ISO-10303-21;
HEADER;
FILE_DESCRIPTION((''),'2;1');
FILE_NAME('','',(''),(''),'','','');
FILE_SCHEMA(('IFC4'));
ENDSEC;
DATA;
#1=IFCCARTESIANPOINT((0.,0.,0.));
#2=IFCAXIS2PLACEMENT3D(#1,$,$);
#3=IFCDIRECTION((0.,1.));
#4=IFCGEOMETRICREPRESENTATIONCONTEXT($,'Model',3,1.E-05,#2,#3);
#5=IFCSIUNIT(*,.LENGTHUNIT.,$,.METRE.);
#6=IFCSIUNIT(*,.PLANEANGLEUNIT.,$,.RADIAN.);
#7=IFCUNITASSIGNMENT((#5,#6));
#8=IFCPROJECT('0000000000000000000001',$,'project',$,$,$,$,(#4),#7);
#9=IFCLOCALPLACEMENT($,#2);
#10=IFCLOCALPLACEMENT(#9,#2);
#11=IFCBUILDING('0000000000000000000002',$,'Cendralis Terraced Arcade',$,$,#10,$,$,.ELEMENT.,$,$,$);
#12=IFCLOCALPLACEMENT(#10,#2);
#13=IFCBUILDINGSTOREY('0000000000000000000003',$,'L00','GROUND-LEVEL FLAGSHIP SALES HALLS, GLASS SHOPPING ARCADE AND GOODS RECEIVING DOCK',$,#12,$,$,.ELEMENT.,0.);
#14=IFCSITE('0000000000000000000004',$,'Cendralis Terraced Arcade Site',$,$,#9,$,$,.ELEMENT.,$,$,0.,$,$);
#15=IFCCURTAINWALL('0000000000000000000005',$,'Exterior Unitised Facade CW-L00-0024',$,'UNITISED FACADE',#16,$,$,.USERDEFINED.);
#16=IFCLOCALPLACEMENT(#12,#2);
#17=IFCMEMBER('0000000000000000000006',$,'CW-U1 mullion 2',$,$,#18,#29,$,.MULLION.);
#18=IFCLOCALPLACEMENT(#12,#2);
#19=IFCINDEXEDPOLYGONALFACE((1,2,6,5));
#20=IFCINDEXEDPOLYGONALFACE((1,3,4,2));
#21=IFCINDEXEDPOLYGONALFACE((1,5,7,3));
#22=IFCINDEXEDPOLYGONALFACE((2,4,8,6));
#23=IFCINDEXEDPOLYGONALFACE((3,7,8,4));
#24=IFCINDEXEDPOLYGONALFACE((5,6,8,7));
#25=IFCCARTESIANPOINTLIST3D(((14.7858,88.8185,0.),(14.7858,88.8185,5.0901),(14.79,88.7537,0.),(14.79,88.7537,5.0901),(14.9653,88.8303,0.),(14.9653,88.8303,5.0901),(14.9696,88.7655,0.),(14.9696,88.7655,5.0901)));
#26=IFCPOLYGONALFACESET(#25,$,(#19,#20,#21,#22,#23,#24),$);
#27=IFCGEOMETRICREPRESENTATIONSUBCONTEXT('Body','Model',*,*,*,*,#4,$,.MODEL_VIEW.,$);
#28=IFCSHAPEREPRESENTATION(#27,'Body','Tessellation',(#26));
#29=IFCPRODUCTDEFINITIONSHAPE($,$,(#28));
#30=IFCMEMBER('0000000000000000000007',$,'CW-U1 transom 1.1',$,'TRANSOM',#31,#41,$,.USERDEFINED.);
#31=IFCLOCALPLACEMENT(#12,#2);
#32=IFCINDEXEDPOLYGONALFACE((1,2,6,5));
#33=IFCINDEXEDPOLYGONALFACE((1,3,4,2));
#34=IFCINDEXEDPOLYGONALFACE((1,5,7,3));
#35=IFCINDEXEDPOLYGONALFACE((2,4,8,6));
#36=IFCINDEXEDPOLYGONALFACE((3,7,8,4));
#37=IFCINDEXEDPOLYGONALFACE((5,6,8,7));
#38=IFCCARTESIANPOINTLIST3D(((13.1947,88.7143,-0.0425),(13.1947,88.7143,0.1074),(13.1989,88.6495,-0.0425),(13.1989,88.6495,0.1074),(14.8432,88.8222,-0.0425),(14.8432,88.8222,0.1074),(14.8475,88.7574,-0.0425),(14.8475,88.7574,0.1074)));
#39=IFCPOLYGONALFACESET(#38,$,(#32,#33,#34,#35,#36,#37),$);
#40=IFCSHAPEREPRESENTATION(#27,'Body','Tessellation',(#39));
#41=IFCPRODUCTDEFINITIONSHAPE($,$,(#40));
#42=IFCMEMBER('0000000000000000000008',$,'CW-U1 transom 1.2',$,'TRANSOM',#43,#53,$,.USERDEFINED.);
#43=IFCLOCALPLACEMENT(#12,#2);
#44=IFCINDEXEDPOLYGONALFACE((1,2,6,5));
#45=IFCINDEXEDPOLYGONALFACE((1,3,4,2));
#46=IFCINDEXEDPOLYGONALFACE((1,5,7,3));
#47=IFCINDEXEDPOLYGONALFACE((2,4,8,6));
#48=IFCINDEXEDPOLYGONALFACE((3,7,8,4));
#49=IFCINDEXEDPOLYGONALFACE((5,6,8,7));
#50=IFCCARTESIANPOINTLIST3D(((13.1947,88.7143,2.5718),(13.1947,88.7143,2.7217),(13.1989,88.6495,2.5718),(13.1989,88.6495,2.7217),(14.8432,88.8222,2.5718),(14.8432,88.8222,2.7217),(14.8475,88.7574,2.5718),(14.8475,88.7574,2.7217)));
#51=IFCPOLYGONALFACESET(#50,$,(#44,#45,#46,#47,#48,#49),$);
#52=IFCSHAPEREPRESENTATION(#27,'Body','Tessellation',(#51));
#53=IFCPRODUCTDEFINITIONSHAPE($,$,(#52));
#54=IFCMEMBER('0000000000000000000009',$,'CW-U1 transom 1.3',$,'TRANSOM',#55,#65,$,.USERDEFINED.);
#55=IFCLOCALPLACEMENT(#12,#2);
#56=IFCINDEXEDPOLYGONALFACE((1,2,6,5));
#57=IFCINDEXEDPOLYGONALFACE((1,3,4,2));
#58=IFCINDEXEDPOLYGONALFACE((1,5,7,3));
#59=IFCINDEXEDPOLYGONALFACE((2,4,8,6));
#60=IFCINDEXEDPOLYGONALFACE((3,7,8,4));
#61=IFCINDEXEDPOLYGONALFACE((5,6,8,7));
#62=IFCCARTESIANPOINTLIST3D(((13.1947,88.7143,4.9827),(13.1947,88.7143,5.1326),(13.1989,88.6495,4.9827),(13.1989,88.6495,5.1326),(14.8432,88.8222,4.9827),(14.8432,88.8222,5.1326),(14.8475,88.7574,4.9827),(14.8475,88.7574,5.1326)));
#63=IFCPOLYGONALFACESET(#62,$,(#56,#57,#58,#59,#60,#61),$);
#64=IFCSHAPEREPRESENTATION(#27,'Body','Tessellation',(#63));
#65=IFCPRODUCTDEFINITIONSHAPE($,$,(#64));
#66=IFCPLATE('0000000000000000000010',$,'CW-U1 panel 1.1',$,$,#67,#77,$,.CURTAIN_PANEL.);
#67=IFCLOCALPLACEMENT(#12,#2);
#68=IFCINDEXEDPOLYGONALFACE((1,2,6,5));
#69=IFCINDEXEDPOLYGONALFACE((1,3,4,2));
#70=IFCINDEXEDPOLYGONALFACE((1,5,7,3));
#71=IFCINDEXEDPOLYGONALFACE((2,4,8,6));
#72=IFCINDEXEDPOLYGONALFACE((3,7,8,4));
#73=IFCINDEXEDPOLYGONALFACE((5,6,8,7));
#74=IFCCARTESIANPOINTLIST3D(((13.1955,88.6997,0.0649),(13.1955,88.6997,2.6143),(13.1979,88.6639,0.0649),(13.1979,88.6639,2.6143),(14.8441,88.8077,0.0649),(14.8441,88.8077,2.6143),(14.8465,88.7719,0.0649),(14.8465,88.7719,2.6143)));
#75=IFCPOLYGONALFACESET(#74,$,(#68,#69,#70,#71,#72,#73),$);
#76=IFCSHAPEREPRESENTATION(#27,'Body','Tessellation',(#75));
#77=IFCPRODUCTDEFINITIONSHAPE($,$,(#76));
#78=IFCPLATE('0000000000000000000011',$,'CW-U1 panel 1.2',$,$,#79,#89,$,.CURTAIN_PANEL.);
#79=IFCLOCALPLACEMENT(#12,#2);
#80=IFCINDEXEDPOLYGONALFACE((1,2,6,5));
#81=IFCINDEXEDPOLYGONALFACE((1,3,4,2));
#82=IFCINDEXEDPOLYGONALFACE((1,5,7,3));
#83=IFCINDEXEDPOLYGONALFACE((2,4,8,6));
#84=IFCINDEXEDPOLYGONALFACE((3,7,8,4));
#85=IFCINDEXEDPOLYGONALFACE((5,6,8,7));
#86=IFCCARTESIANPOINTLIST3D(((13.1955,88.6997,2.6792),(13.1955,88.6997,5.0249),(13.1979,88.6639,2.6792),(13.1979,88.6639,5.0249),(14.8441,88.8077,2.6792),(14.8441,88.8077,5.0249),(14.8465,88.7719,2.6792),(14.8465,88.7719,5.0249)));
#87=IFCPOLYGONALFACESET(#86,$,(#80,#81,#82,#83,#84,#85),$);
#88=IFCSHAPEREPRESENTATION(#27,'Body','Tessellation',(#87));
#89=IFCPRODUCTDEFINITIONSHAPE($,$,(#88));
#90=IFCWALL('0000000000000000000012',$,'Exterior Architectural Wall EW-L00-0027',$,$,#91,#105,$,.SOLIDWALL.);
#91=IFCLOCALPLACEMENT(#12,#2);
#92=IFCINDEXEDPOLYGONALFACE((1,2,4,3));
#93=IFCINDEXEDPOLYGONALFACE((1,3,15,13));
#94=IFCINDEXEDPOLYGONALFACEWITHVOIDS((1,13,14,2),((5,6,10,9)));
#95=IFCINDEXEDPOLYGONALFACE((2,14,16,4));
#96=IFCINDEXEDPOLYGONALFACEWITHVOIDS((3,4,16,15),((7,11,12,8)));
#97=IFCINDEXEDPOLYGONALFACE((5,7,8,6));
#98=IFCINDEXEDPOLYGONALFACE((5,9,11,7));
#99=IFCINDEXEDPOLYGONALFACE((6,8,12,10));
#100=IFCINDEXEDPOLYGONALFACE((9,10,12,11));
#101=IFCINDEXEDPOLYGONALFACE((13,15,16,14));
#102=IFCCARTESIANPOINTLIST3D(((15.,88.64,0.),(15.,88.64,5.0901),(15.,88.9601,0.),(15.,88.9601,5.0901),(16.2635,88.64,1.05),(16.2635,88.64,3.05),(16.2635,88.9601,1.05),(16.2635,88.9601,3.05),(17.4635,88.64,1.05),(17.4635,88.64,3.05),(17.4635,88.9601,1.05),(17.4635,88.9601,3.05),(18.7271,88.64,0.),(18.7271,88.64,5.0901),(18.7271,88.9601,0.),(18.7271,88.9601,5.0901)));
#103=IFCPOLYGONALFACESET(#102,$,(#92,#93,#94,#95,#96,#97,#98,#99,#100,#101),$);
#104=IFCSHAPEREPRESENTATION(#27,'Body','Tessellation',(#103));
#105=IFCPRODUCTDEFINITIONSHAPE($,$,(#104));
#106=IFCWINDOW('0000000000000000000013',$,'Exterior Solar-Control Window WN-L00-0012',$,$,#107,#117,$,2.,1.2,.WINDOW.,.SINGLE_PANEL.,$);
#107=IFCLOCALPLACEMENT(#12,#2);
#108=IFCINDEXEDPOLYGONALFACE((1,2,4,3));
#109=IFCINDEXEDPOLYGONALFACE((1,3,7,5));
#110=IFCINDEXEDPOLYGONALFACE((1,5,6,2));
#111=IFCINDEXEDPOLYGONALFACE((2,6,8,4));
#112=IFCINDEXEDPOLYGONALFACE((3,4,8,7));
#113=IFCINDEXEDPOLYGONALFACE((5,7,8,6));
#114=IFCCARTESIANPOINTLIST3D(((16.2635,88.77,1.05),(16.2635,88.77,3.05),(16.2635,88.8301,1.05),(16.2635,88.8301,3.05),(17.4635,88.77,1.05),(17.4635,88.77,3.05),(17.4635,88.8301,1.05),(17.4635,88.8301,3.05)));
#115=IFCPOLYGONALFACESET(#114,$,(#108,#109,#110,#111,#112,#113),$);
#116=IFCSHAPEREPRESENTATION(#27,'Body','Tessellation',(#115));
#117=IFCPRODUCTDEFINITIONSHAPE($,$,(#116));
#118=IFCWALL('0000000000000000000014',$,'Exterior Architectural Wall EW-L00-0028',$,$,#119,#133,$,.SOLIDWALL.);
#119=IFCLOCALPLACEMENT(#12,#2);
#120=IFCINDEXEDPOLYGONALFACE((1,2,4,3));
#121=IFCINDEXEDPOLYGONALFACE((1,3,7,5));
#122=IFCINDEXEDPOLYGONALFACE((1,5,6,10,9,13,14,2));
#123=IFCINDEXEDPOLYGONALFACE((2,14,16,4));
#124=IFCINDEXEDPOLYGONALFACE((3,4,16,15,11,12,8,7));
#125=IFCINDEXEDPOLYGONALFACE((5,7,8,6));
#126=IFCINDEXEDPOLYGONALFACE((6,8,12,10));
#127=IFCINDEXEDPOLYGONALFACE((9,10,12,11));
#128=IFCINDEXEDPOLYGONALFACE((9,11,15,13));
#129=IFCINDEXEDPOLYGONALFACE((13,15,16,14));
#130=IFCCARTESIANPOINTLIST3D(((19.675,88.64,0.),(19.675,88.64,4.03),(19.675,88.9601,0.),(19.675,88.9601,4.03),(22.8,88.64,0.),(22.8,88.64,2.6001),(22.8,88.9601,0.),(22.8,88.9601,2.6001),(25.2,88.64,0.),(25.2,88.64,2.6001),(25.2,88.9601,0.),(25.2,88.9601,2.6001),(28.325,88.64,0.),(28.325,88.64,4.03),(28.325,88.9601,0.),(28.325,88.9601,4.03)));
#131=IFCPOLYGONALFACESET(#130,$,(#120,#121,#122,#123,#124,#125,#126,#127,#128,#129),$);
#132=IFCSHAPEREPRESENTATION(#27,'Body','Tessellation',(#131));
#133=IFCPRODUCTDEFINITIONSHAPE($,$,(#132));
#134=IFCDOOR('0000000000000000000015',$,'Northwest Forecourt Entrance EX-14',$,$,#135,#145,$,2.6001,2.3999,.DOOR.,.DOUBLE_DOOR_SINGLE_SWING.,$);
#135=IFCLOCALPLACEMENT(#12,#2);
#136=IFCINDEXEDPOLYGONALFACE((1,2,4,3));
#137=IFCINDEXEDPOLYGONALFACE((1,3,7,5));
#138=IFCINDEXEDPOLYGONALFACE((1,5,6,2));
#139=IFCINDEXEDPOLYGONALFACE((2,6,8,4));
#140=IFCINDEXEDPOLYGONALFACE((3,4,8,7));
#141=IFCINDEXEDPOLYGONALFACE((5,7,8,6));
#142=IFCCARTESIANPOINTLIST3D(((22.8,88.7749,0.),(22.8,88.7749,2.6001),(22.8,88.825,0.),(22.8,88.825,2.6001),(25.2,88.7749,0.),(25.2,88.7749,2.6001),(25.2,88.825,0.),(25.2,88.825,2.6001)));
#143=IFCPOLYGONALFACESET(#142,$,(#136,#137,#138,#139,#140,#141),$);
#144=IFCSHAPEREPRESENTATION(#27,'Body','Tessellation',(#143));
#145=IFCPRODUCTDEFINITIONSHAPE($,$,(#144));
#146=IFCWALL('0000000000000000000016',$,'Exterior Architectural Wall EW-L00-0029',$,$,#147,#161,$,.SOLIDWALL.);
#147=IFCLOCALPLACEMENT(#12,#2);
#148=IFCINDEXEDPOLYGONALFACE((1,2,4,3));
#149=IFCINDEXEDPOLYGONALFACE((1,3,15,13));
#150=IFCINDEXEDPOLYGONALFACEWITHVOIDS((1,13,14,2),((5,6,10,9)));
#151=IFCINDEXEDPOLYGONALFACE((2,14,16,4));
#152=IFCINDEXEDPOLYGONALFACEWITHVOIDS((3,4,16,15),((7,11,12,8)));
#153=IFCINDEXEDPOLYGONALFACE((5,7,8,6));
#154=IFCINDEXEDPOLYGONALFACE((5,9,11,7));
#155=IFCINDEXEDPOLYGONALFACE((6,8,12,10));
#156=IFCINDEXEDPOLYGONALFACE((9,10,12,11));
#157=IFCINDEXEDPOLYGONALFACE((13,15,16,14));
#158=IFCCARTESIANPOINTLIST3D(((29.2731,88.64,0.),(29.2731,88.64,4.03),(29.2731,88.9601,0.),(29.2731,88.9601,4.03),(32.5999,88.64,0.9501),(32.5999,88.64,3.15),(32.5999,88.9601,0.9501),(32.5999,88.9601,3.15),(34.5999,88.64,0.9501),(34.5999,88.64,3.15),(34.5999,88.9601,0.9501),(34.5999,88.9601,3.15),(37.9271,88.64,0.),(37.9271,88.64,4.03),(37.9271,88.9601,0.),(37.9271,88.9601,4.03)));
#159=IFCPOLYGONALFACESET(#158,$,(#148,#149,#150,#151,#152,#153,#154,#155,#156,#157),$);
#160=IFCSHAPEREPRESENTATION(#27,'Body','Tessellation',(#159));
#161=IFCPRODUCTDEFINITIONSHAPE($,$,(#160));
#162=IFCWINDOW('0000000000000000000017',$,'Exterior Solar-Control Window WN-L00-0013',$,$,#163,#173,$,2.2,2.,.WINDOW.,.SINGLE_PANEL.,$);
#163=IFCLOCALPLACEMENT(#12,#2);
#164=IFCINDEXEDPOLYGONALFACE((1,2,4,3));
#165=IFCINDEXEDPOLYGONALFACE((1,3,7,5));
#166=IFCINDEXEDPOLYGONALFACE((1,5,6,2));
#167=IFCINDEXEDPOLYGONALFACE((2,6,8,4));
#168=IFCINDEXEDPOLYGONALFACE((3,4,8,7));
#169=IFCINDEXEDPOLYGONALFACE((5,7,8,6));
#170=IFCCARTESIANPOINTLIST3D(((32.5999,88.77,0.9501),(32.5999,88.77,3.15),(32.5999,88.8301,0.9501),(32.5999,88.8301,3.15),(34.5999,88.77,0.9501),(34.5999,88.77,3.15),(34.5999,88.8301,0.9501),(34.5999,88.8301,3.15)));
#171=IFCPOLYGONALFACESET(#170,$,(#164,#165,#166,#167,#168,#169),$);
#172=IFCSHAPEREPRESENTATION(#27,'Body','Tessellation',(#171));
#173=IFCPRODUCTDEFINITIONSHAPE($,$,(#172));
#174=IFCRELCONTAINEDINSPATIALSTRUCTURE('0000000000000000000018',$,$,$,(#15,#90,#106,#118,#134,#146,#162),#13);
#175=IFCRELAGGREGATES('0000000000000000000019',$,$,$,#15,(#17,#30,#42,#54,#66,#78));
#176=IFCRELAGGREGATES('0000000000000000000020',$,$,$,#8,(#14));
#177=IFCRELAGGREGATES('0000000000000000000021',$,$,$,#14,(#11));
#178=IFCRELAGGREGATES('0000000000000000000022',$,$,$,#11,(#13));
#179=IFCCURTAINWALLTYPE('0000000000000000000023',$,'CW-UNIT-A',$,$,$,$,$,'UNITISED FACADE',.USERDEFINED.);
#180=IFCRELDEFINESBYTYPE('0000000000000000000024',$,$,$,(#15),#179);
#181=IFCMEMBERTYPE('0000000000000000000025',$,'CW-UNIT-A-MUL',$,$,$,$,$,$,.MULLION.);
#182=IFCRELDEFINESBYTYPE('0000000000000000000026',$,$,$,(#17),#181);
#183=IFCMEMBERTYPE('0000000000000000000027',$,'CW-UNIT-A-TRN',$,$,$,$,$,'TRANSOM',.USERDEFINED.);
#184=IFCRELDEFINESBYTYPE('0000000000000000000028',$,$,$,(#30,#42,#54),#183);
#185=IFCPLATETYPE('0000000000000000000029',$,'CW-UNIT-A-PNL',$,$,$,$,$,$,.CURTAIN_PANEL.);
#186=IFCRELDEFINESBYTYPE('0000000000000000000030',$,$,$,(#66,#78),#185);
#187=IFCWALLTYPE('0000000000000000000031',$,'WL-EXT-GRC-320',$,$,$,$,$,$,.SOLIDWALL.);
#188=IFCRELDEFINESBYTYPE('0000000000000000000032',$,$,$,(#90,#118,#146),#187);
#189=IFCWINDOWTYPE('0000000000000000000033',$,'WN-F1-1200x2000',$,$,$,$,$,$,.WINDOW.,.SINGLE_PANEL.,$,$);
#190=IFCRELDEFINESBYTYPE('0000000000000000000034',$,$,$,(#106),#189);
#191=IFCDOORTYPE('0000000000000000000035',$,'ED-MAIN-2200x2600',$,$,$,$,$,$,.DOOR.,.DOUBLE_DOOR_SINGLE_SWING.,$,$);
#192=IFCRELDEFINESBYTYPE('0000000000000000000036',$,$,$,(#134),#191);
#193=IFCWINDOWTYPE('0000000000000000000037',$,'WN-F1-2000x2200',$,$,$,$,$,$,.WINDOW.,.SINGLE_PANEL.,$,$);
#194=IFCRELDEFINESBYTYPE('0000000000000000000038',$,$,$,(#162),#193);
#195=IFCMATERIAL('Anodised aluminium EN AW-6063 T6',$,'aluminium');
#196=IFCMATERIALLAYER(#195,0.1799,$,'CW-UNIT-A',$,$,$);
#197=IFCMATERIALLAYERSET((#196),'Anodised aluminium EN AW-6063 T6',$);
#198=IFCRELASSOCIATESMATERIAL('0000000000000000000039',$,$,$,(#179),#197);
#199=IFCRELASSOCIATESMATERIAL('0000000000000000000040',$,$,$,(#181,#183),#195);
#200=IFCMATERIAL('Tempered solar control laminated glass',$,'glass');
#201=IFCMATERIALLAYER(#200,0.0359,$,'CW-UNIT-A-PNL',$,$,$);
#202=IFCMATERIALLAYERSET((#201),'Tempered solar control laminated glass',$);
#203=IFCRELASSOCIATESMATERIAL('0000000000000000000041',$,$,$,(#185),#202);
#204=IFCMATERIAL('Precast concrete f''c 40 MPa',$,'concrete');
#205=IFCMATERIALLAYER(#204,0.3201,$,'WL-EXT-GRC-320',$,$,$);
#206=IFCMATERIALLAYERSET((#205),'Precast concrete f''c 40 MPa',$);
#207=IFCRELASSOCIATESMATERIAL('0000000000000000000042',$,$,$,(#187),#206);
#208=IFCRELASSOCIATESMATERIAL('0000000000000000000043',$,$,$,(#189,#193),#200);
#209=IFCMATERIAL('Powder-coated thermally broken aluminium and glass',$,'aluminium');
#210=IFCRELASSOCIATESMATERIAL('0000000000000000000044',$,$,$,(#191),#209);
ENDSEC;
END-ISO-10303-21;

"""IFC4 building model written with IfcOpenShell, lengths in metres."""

from ifc_helpers import new_model, si_unit, direction, frame, frame_2d, origin, origin_2d, place, context, subcontext, project, spatial, rectangle, extrude, material, layer, layer_set, material_profile, profile_set, type_object, element, fill, aggregate, save


model = new_model("IFC4")

# Units and contexts
model_context = context("Model", 3, precision=1e-05, world=origin(), true_north=direction((0.0, 1.0)))
body_context = subcontext(model_context, "Body", "Model", "MODEL_VIEW")
ifc_project = project(units=[si_unit("LENGTHUNIT", "METRE"), si_unit("PLANEANGLEUNIT", "RADIAN")], contexts=[model_context])

# Site, building, storey
site_placement = place(None, origin())
site = spatial("IfcSite", under=ifc_project, at=site_placement, Name="Cendralis Terraced Arcade Site", CompositionType="ELEMENT", RefElevation=0.0)
building_placement = place(site_placement, origin())
building = spatial("IfcBuilding", under=site, at=building_placement, Name="Cendralis Terraced Arcade", CompositionType="ELEMENT")
storey_placement = place(building_placement, origin())
storey = spatial("IfcBuildingStorey", under=building, at=storey_placement, Name="L00", Description="GROUND-LEVEL FLAGSHIP SALES HALLS, GLASS SHOPPING ARCADE AND GOODS RECEIVING DOCK", CompositionType="ELEMENT", Elevation=0.0)

# Curtain wall, members, plates
ifc_material_1 = material(Name="Anodised aluminium EN AW-6063 T6", Category="aluminium")
ifc_layer_1 = layer(ifc_material_1, 0.1799, Name="CW-UNIT-A")
ifc_layer_set_1 = layer_set([ifc_layer_1], Name="Anodised aluminium EN AW-6063 T6")
curtain_wall_type = type_object("IfcCurtainWallType", Name="CW-UNIT-A", ElementType="UNITISED FACADE", PredefinedType="USERDEFINED", material=ifc_layer_set_1)
curtain_wall_placement = place(storey_placement, origin())
curtain_wall = element("IfcCurtainWall", 1, at=curtain_wall_placement, inside=storey, type_object=curtain_wall_type, Name="Exterior Unitised Facade CW-L00-0024", ObjectType="UNITISED FACADE", PredefinedType="USERDEFINED")
ifc_material_profile_1 = material_profile(ifc_material_1, rectangle(XDim=0.0649, YDim=0.1799, at=origin_2d()), Name="ALU-MUL-65x180")
ifc_profile_set_1 = profile_set([ifc_material_profile_1], Name="Anodised aluminium EN AW-6063 T6")
member_type_1 = type_object("IfcMemberType", Name="CW-UNIT-A-MUL", PredefinedType="MULLION", material=ifc_profile_set_1)
member_1_placement = place(storey_placement, frame((14.8777, 88.792, 0.0), z_axis=(0.0, 0.0, 1.0), x_axis=(-0.065372, 0.997861, 0.0)))
member_1 = element("IfcMember", 2, at=member_1_placement, type_object=member_type_1, Name="CW-U1 mullion 2", PredefinedType="MULLION", context=body_context, shape_type="SweptSolid", body=[
    extrude(rectangle(XDim=0.0649, YDim=0.1799, at=origin_2d()), origin(), (0.0, 0.0, 1.0), 5.0901),
])
ifc_material_profile_2 = material_profile(ifc_material_1, rectangle(XDim=0.0649, YDim=0.1499, at=origin_2d()), Name="ALU-TRN-65x150")
ifc_profile_set_2 = profile_set([ifc_material_profile_2], Name="Anodised aluminium EN AW-6063 T6")
member_type_2 = type_object("IfcMemberType", Name="CW-UNIT-A-TRN", ElementType="TRANSOM", PredefinedType="USERDEFINED", material=ifc_profile_set_2)
member_2_placement = place(storey_placement, frame((13.1968, 88.6819, 0.0325), z_axis=(0.997865, 0.065313, 0.0), x_axis=(-0.065313, 0.997865, 0.0)))
member_2 = element("IfcMember", 3, at=member_2_placement, type_object=member_type_2, Name="CW-U1 transom 1.1", ObjectType="TRANSOM", PredefinedType="USERDEFINED", context=body_context, shape_type="SweptSolid", body=[
    extrude(rectangle(XDim=0.0649, YDim=0.1499, at=origin_2d()), origin(), (0.0, 0.0, 1.0), 1.6521),
])
member_3_placement = place(storey_placement, frame((13.1968, 88.6819, 2.6467), z_axis=(0.997865, 0.065313, 0.0), x_axis=(-0.065313, 0.997865, 0.0)))
member_3 = element("IfcMember", 4, at=member_3_placement, type_object=member_type_2, Name="CW-U1 transom 1.2", ObjectType="TRANSOM", PredefinedType="USERDEFINED", context=body_context, shape_type="SweptSolid", body=[
    extrude(rectangle(XDim=0.0649, YDim=0.1499, at=origin_2d()), origin(), (0.0, 0.0, 1.0), 1.6521),
])
member_4_placement = place(storey_placement, frame((13.1968, 88.6819, 5.0576), z_axis=(0.997865, 0.065313, 0.0), x_axis=(-0.065313, 0.997865, 0.0)))
member_4 = element("IfcMember", 5, at=member_4_placement, type_object=member_type_2, Name="CW-U1 transom 1.3", ObjectType="TRANSOM", PredefinedType="USERDEFINED", context=body_context, shape_type="SweptSolid", body=[
    extrude(rectangle(XDim=0.0649, YDim=0.1499, at=origin_2d()), origin(), (0.0, 0.0, 1.0), 1.6521),
])
ifc_material_2 = material(Name="Tempered solar control laminated glass", Category="glass")
ifc_layer_2 = layer(ifc_material_2, 0.0359, Name="CW-UNIT-A-PNL")
ifc_layer_set_2 = layer_set([ifc_layer_2], Name="Tempered solar control laminated glass")
plate_type = type_object("IfcPlateType", Name="CW-UNIT-A-PNL", PredefinedType="CURTAIN_PANEL", material=ifc_layer_set_2)
plate_1_placement = place(storey_placement, frame((14.021, 88.7358, 0.0649), z_axis=(0.0, 0.0, 1.0), x_axis=(0.997861, 0.065372, 0.0)))
plate_1 = element("IfcPlate", 6, at=plate_1_placement, type_object=plate_type, Name="CW-U1 panel 1.1", PredefinedType="CURTAIN_PANEL", context=body_context, shape_type="SweptSolid", body=[
    extrude(rectangle(XDim=1.6521, YDim=0.0359, at=origin_2d()), origin(), (0.0, 0.0, 1.0), 2.5493),
])
plate_2_placement = place(storey_placement, frame((14.021, 88.7358, 2.6792), z_axis=(0.0, 0.0, 1.0), x_axis=(0.997861, 0.065372, 0.0)))
plate_2 = element("IfcPlate", 7, at=plate_2_placement, type_object=plate_type, Name="CW-U1 panel 1.2", PredefinedType="CURTAIN_PANEL", context=body_context, shape_type="SweptSolid", body=[
    extrude(rectangle(XDim=1.6521, YDim=0.0359, at=origin_2d()), origin(), (0.0, 0.0, 1.0), 2.3457),
])
aggregate(curtain_wall, [member_1, member_2, member_3, member_4, plate_1, plate_2])

# Wall, opening, window
ifc_material_3 = material(Name="Precast concrete f'c 40 MPa", Category="concrete")
ifc_layer_3 = layer(ifc_material_3, 0.3201, Name="WL-EXT-GRC-320")
ifc_layer_set_3 = layer_set([ifc_layer_3], Name="Precast concrete f'c 40 MPa")
wall_type = type_object("IfcWallType", Name="WL-EXT-GRC-320", PredefinedType="SOLIDWALL", material=ifc_layer_set_3)
wall_1_placement = place(storey_placement, frame((15.0, 88.8, 0.0), z_axis=(0.0, 0.0, 1.0), x_axis=(1.0, 0.0, 0.0)))
wall_1 = element("IfcWall", 8, at=wall_1_placement, inside=storey, type_object=wall_type, Name="Exterior Architectural Wall EW-L00-0027", PredefinedType="SOLIDWALL", context=body_context, shape_type="SweptSolid", body=[
    extrude(rectangle(XDim=3.7271, YDim=0.3201, at=frame_2d((1.8635, 0.0))), origin(), (0.0, 0.0, 1.0), 5.0901),
])
opening_1_placement = place(wall_1_placement, frame((1.2634, 0.0, 1.05)))
opening_1 = element("IfcOpeningElement", 9, at=opening_1_placement, cuts=wall_1, PredefinedType="OPENING", context=body_context, shape_type="SweptSolid", body=[
    extrude(rectangle(XDim=1.2, YDim=2.0, at=frame_2d((0.6001, 1.0))), frame((0.0, 0.1719, 0.0), z_axis=(0.0, -1.0, 0.0), x_axis=(1.0, 0.0, 0.0)), (0.0, 0.0, 1.0), 0.344),
])
window_type_1 = type_object("IfcWindowType", Name="WN-F1-1200x2000", PartitioningType="SINGLE_PANEL", PredefinedType="WINDOW", material=ifc_material_2)
window_1_placement = place(opening_1_placement, origin())
window_1 = element("IfcWindow", 10, at=window_1_placement, inside=storey, type_object=window_type_1, Name="Exterior Solar-Control Window WN-L00-0012", OverallHeight=2.0, OverallWidth=1.2, PartitioningType="SINGLE_PANEL", PredefinedType="WINDOW", context=body_context, shape_type="SweptSolid", body=[
    extrude(rectangle(XDim=1.2, YDim=2.0, at=frame_2d((0.6001, 1.0))), frame((0.0, 0.03, 0.0), z_axis=(0.0, -1.0, 0.0), x_axis=(1.0, 0.0, 0.0)), (0.0, 0.0, 1.0), 0.0601),
])
fill(opening_1, window_1)

# Wall, opening, door
wall_2_placement = place(storey_placement, frame((19.675, 88.8, 0.0), z_axis=(0.0, 0.0, 1.0), x_axis=(1.0, 0.0, 0.0)))
wall_2 = element("IfcWall", 11, at=wall_2_placement, inside=storey, type_object=wall_type, Name="Exterior Architectural Wall EW-L00-0028", PredefinedType="SOLIDWALL", context=body_context, shape_type="SweptSolid", body=[
    extrude(rectangle(XDim=8.6499, YDim=0.3201, at=frame_2d((4.325, 0.0))), origin(), (0.0, 0.0, 1.0), 4.03),
])
opening_2_placement = place(wall_2_placement, frame((3.125, 0.0, 0.0)))
opening_2 = element("IfcOpeningElement", 12, at=opening_2_placement, cuts=wall_2, PredefinedType="OPENING", context=body_context, shape_type="SweptSolid", body=[
    extrude(rectangle(XDim=2.3999, YDim=2.6001, at=frame_2d((1.2, 1.3))), frame((0.0, 0.1719, 0.0), z_axis=(0.0, -1.0, 0.0), x_axis=(1.0, 0.0, 0.0)), (0.0, 0.0, 1.0), 0.344),
])
ifc_material_4 = material(Name="Powder-coated thermally broken aluminium and glass", Category="aluminium")
door_type = type_object("IfcDoorType", Name="ED-MAIN-2200x2600", OperationType="DOUBLE_DOOR_SINGLE_SWING", PredefinedType="DOOR", material=ifc_material_4)
door_placement = place(opening_2_placement, origin())
door = element("IfcDoor", 13, at=door_placement, inside=storey, type_object=door_type, Name="Northwest Forecourt Entrance EX-14", OperationType="DOUBLE_DOOR_SINGLE_SWING", OverallHeight=2.6001, OverallWidth=2.3999, PredefinedType="DOOR", context=body_context, shape_type="SweptSolid", body=[
    extrude(rectangle(XDim=2.3999, YDim=2.6001, at=frame_2d((1.2, 1.3))), frame((0.0, 0.0249, 0.0), z_axis=(0.0, -1.0, 0.0), x_axis=(1.0, 0.0, 0.0)), (0.0, 0.0, 1.0), 0.05),
])
fill(opening_2, door)

# Wall, opening, window
wall_3_placement = place(storey_placement, frame((29.2729, 88.8, 0.0), z_axis=(0.0, 0.0, 1.0), x_axis=(1.0, 0.0, 0.0)))
wall_3 = element("IfcWall", 14, at=wall_3_placement, inside=storey, type_object=wall_type, Name="Exterior Architectural Wall EW-L00-0029", PredefinedType="SOLIDWALL", context=body_context, shape_type="SweptSolid", body=[
    extrude(rectangle(XDim=8.6541, YDim=0.3201, at=frame_2d((4.3271, 0.0))), origin(), (0.0, 0.0, 1.0), 4.03),
])
opening_3_placement = place(wall_3_placement, frame((3.3269, 0.0, 0.95)))
opening_3 = element("IfcOpeningElement", 15, at=opening_3_placement, cuts=wall_3, PredefinedType="OPENING", context=body_context, shape_type="SweptSolid", body=[
    extrude(rectangle(XDim=2.0, YDim=2.2, at=frame_2d((1.0, 1.1001))), frame((0.0, 0.1719, 0.0), z_axis=(0.0, -1.0, 0.0), x_axis=(1.0, 0.0, 0.0)), (0.0, 0.0, 1.0), 0.344),
])
window_type_2 = type_object("IfcWindowType", Name="WN-F1-2000x2200", PartitioningType="SINGLE_PANEL", PredefinedType="WINDOW", material=ifc_material_2)
window_2_placement = place(opening_3_placement, origin())
window_2 = element("IfcWindow", 16, at=window_2_placement, inside=storey, type_object=window_type_2, Name="Exterior Solar-Control Window WN-L00-0013", OverallHeight=2.2, OverallWidth=2.0, PartitioningType="SINGLE_PANEL", PredefinedType="WINDOW", context=body_context, shape_type="SweptSolid", body=[
    extrude(rectangle(XDim=2.0, YDim=2.2, at=frame_2d((1.0, 1.1001))), frame((0.0, 0.03, 0.0), z_axis=(0.0, -1.0, 0.0), x_axis=(1.0, 0.0, 0.0)), (0.0, 0.0, 1.0), 0.0601),
])
fill(opening_3, window_2)

save(model, "model.ifc")
